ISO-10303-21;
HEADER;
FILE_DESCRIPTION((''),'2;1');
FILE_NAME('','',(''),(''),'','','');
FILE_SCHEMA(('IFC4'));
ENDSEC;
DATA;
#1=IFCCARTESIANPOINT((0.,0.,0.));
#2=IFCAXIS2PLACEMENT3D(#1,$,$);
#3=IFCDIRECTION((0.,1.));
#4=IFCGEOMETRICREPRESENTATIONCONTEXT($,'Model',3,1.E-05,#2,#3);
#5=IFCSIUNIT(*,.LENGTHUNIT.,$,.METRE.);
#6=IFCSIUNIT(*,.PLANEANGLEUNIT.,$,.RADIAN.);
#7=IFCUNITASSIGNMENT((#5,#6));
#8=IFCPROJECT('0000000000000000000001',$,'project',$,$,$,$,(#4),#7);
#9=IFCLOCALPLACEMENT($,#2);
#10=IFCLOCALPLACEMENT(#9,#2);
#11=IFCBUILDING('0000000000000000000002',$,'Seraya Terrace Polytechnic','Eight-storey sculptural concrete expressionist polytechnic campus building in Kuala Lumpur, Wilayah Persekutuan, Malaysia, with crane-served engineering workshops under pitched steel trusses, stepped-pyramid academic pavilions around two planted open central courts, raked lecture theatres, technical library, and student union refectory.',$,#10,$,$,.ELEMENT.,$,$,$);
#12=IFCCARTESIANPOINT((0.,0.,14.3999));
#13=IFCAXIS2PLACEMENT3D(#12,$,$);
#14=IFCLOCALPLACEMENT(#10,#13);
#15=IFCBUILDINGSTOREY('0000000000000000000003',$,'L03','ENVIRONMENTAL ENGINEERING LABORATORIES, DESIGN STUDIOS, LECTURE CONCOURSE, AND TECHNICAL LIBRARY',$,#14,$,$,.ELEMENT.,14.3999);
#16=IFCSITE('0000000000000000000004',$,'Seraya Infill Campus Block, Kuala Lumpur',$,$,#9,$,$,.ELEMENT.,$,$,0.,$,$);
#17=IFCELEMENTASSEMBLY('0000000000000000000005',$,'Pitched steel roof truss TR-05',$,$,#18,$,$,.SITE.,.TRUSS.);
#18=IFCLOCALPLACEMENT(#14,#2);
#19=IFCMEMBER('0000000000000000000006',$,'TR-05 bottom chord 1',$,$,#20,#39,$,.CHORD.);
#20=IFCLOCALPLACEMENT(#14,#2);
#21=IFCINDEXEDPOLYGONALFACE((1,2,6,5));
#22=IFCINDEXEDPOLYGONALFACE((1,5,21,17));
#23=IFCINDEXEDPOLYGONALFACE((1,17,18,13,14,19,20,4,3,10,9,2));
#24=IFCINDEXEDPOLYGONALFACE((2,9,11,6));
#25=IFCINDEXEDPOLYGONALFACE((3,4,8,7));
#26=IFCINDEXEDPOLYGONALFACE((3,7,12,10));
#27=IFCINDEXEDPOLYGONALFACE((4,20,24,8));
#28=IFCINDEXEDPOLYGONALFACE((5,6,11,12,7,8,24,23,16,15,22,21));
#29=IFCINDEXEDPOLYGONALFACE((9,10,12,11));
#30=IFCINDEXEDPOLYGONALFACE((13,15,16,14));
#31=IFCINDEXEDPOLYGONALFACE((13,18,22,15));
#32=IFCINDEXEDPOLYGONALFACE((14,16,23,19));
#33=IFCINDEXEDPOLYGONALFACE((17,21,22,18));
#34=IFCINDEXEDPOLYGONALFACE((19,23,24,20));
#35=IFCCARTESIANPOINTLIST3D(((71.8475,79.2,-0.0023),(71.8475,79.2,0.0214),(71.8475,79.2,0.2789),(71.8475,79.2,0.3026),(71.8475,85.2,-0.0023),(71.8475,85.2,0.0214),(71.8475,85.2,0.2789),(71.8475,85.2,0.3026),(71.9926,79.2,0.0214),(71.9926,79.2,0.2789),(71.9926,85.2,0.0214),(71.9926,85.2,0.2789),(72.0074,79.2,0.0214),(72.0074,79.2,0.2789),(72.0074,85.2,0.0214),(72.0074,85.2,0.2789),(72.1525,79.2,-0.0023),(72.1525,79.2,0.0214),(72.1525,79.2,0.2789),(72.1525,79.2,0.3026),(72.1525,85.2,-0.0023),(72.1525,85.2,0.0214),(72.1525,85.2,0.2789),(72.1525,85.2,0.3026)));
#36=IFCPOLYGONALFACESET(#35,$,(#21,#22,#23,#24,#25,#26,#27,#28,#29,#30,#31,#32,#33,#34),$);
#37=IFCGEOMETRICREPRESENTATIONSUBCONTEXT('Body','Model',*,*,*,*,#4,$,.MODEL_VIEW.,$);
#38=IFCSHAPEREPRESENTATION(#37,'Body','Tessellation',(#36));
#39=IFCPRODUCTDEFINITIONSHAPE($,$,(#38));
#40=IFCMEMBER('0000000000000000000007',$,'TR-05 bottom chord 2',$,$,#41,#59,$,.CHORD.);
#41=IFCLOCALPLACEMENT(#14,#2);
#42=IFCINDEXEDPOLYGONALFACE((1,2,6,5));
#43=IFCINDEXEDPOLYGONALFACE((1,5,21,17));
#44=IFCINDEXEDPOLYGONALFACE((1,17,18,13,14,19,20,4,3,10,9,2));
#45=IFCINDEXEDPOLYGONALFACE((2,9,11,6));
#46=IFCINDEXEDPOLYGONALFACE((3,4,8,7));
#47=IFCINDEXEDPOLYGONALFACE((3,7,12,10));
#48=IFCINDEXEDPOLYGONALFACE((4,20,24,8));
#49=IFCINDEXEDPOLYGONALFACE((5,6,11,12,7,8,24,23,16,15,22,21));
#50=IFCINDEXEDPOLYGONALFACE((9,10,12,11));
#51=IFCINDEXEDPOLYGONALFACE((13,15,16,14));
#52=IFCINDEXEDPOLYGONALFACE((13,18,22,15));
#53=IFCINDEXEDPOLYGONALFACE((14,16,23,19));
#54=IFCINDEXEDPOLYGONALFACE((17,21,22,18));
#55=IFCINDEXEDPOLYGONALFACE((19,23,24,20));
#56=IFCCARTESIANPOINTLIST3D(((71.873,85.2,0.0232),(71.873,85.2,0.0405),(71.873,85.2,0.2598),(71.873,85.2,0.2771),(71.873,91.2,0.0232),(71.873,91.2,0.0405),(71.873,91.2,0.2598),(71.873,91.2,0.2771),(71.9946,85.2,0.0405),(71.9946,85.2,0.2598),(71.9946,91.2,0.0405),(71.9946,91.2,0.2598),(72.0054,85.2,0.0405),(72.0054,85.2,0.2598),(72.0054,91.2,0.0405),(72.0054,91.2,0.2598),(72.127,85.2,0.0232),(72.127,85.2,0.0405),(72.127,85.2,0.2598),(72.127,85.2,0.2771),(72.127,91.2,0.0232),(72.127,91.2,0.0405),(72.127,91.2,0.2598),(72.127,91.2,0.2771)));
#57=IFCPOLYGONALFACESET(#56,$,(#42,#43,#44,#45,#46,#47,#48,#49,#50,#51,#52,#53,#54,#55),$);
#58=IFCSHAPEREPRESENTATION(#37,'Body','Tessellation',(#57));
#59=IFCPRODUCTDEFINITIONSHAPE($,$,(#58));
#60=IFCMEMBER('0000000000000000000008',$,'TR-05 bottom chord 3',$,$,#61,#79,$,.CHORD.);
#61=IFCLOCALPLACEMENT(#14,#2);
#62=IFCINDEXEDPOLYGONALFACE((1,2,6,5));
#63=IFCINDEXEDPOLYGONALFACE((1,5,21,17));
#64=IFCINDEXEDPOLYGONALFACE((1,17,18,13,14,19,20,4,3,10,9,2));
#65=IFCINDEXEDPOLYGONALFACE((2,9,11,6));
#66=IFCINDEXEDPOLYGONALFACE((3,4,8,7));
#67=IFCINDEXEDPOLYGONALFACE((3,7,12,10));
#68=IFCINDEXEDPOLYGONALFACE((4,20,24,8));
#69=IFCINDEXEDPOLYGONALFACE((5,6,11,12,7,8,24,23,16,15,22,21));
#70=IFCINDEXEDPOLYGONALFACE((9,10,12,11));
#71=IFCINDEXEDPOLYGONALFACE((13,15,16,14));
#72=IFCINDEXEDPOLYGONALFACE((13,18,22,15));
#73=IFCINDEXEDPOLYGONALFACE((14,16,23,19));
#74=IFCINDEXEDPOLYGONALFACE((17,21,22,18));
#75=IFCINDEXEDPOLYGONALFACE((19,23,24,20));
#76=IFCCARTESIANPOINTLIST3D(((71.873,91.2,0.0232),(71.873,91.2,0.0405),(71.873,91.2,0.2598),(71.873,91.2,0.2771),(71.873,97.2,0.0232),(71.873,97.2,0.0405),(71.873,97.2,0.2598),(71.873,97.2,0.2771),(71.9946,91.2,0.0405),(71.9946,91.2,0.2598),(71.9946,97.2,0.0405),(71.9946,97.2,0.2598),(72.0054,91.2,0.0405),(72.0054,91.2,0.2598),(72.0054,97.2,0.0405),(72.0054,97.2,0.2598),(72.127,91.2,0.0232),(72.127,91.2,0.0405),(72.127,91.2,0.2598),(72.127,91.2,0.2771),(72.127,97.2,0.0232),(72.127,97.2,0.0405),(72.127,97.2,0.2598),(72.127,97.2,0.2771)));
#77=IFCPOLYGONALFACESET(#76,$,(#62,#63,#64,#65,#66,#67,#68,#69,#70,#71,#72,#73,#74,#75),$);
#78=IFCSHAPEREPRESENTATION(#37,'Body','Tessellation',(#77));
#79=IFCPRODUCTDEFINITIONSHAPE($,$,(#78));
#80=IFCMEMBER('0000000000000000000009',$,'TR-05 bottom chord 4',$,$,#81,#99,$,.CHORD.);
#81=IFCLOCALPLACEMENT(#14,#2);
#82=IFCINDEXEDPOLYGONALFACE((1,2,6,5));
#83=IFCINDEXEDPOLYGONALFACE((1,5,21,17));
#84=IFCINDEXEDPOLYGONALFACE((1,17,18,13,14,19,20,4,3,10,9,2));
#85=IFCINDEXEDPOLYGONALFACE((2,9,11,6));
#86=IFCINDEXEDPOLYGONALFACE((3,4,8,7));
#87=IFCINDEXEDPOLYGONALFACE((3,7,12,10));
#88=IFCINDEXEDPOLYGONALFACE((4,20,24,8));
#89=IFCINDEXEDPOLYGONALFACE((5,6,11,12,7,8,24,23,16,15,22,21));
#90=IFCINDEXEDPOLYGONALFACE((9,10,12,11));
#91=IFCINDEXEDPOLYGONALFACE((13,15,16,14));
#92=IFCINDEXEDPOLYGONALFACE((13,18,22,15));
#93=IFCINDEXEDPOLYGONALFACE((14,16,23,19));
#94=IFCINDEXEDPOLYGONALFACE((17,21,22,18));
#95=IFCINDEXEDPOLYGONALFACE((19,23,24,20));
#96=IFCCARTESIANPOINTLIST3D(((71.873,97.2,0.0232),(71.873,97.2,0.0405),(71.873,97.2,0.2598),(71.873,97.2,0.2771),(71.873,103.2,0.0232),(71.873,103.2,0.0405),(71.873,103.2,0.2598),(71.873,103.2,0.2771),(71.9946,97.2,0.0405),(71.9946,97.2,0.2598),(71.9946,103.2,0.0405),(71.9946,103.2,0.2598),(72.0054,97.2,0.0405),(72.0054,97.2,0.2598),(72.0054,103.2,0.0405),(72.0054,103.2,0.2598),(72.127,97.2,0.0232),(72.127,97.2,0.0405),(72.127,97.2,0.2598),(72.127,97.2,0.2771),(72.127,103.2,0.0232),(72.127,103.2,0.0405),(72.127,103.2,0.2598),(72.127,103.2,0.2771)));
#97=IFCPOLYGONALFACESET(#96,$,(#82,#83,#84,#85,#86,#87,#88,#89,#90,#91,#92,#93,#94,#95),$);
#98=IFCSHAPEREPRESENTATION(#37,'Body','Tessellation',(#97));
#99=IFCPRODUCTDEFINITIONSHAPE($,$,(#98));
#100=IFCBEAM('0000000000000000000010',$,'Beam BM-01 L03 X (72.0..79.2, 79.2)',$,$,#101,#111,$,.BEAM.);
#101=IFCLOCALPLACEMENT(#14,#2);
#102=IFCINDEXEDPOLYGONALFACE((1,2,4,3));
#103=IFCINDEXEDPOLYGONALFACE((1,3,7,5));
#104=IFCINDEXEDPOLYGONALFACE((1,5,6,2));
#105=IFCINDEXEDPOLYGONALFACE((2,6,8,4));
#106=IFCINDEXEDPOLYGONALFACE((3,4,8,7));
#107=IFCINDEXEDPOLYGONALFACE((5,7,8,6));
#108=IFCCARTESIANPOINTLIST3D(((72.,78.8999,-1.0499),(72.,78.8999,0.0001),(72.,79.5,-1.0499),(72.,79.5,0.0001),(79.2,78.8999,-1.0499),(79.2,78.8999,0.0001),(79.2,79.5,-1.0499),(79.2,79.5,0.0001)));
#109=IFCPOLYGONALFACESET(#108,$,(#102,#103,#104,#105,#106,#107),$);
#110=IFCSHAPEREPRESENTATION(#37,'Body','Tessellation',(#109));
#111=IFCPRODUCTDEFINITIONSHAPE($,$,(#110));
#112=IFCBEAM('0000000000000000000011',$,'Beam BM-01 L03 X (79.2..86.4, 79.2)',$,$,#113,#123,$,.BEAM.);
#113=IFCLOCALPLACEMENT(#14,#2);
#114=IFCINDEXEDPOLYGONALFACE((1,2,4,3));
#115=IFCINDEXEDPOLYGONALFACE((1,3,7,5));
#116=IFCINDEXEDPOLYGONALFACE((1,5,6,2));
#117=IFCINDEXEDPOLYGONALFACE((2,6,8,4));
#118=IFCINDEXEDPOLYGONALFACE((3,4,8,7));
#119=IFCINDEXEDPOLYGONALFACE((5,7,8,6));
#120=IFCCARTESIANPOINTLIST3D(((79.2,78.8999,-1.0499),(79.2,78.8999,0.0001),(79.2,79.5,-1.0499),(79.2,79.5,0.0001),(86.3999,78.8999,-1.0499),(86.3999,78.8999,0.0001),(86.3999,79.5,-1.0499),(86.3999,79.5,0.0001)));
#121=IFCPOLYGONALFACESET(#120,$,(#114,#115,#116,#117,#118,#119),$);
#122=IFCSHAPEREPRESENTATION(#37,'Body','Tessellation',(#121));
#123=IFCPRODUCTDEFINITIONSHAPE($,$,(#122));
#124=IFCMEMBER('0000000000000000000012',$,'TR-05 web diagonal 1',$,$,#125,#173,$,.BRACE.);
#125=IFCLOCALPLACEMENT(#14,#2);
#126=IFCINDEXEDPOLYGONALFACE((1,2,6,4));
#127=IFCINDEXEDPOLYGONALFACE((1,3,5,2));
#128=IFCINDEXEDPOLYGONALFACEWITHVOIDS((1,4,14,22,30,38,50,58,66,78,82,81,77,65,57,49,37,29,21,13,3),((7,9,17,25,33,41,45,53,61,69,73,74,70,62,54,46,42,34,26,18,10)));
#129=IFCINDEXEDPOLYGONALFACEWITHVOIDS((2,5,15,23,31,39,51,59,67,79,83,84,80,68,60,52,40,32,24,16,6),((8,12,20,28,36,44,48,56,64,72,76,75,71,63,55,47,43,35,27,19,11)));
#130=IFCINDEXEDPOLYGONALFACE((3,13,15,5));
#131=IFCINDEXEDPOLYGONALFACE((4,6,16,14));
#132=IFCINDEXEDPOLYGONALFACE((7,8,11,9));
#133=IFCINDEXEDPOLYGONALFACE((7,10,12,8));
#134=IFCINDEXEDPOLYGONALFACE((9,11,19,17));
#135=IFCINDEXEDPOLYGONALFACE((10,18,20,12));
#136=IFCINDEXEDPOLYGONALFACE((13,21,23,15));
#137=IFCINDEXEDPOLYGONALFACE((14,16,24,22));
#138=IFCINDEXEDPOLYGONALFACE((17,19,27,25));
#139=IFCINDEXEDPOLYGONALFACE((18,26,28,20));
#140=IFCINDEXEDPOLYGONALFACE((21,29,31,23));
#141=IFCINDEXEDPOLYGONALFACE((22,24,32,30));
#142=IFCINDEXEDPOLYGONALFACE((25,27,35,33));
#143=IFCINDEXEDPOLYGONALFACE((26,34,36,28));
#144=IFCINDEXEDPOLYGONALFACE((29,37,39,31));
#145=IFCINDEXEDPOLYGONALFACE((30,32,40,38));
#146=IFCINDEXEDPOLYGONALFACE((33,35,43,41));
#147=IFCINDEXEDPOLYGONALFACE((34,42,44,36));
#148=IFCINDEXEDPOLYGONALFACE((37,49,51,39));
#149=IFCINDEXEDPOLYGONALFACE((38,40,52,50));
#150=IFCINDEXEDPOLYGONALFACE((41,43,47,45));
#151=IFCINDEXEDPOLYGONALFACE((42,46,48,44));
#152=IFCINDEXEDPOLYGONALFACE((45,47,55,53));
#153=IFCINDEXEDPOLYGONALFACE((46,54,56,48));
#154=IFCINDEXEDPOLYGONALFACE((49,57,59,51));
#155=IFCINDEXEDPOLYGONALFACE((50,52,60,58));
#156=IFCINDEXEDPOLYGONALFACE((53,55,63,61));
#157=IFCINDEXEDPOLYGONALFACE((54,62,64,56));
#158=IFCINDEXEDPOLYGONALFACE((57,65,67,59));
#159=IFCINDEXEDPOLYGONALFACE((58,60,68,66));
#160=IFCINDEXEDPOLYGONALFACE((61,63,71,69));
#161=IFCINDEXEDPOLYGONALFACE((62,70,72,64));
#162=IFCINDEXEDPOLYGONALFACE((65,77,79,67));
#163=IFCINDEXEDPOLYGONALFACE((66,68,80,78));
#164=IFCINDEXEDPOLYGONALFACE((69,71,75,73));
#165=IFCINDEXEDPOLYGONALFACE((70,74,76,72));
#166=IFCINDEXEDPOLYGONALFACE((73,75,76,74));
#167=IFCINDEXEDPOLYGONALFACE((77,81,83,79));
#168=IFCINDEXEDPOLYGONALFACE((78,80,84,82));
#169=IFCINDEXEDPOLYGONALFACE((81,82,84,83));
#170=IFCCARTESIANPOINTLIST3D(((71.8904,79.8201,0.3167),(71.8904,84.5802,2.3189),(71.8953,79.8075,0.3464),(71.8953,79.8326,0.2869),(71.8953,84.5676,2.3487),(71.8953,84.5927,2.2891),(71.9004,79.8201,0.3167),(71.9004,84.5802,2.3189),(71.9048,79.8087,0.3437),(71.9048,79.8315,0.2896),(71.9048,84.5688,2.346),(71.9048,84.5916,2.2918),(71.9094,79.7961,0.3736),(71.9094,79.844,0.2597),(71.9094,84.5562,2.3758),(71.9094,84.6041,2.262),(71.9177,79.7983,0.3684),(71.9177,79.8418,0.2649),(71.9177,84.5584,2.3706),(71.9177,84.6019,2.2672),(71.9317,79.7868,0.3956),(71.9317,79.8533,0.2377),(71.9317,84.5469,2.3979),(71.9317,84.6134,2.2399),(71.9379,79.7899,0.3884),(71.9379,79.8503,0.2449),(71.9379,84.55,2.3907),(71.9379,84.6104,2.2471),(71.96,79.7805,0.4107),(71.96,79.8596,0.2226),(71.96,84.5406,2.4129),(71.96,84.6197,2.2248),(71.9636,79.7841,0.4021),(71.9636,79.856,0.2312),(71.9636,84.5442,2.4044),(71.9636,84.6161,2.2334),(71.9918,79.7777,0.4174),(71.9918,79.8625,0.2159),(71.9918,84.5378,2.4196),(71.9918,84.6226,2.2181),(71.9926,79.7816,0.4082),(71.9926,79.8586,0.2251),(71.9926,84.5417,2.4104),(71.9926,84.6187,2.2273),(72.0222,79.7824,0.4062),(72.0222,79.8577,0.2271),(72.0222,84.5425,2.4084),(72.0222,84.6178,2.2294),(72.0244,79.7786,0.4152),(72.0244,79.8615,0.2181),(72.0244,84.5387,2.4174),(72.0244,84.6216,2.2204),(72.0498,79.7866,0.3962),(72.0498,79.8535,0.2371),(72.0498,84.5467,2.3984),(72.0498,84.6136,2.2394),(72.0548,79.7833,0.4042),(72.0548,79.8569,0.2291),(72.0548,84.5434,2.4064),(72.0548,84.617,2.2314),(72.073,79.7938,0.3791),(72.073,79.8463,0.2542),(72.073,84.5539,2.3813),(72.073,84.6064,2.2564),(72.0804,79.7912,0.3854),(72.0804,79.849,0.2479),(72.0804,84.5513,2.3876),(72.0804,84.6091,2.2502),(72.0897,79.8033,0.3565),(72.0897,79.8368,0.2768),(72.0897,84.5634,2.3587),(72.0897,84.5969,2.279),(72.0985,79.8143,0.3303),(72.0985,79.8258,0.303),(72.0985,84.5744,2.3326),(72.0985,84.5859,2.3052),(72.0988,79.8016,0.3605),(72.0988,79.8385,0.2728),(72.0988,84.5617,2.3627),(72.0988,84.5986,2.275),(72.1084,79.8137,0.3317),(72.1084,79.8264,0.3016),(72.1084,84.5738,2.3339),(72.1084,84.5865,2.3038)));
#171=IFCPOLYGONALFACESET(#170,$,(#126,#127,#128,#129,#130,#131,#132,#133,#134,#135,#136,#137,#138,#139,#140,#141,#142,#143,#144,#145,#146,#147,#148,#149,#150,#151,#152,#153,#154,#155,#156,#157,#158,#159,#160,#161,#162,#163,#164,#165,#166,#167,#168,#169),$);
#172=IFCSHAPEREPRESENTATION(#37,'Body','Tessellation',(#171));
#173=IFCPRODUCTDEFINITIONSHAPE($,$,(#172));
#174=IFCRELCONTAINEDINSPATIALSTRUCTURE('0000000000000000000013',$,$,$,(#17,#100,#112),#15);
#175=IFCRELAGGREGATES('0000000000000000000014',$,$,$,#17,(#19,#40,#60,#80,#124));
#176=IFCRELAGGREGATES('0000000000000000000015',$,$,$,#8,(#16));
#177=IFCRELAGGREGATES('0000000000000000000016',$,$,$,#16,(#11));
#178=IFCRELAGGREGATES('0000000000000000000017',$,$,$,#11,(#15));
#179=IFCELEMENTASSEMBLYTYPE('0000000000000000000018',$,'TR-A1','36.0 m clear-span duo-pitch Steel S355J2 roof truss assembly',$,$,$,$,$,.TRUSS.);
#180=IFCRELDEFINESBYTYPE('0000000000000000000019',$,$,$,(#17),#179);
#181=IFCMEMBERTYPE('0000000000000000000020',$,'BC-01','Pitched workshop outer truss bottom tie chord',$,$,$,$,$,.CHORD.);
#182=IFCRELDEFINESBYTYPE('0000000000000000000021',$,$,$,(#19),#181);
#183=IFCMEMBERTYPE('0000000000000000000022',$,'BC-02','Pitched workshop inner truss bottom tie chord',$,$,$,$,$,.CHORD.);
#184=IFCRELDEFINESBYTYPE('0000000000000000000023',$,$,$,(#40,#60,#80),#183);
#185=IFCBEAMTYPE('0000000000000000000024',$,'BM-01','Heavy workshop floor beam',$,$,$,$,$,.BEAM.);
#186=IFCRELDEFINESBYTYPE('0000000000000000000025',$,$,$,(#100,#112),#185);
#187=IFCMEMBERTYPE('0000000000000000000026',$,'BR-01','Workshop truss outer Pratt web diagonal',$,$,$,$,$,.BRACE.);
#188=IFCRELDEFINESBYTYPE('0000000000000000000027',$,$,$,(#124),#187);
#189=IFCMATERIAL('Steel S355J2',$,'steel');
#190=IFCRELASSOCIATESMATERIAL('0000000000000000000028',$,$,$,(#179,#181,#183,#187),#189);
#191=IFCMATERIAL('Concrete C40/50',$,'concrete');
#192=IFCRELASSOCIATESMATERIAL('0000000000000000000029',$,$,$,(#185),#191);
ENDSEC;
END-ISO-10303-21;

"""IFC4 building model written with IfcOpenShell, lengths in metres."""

from ifc_helpers import new_model, si_unit, direction, frame, origin, origin_2d, place, context, subcontext, project, spatial, rectangle, hollow_circle, i_section, extrude, material, material_profile, profile_set, type_object, element, aggregate, save


model = new_model("IFC4")

# Units and contexts
model_context = context("Model", 3, precision=1e-05, world=origin(), true_north=direction((0.0, 1.0)))
body_context = subcontext(model_context, "Body", "Model", "MODEL_VIEW")
ifc_project = project(units=[si_unit("LENGTHUNIT", "METRE"), si_unit("PLANEANGLEUNIT", "RADIAN")], contexts=[model_context])

# Site, building, storey
site_placement = place(None, origin())
site = spatial("IfcSite", under=ifc_project, at=site_placement, Name="Seraya Infill Campus Block, Kuala Lumpur", CompositionType="ELEMENT", RefElevation=0.0)
building_placement = place(site_placement, origin())
building = spatial("IfcBuilding", under=site, at=building_placement, Name="Seraya Terrace Polytechnic", Description="Eight-storey sculptural concrete expressionist polytechnic campus building in Kuala Lumpur, Wilayah Persekutuan, Malaysia, with crane-served engineering workshops under pitched steel trusses, stepped-pyramid academic pavilions around two planted open central courts, raked lecture theatres, technical library, and student union refectory.", CompositionType="ELEMENT")
storey_placement = place(building_placement, frame((0.0, 0.0, 14.3999)))
storey = spatial("IfcBuildingStorey", under=building, at=storey_placement, Name="L03", Description="ENVIRONMENTAL ENGINEERING LABORATORIES, DESIGN STUDIOS, LECTURE CONCOURSE, AND TECHNICAL LIBRARY", CompositionType="ELEMENT", Elevation=14.3999)

# Element assembly, members
ifc_material_1 = material(Name="Steel S355J2", Category="steel")
element_assembly_type = type_object("IfcElementAssemblyType", Name="TR-A1", Description="36.0 m clear-span duo-pitch Steel S355J2 roof truss assembly", PredefinedType="TRUSS", material=ifc_material_1)
assembly_1_placement = place(storey_placement, origin())
assembly_1 = element("IfcElementAssembly", 1, at=assembly_1_placement, inside=storey, type_object=element_assembly_type, Name="Pitched steel roof truss TR-05", AssemblyPlace="SITE", PredefinedType="TRUSS")
ifc_material_profile_1 = material_profile(ifc_material_1, i_section(OverallWidth=0.3049, OverallDepth=0.3049, WebThickness=0.0149, FlangeThickness=0.0237, at=origin_2d()), Name="UKC 305x305x14.9x23.8")
ifc_profile_set_1 = profile_set([ifc_material_profile_1], Name="Steel S355J2")
member_type_1 = type_object("IfcMemberType", Name="BC-01", Description="Pitched workshop outer truss bottom tie chord", PredefinedType="CHORD", material=ifc_profile_set_1)
member_1_placement = place(storey_placement, frame((72.0, 79.2, 0.1501), z_axis=(0.0, 1.0, 0.0), x_axis=(-1.0, 0.0, 0.0)))
member_1 = element("IfcMember", 2, at=member_1_placement, type_object=member_type_1, Name="TR-05 bottom chord 1", PredefinedType="CHORD", context=body_context, shape_type="SweptSolid", body=[
    extrude(i_section(OverallWidth=0.3049, OverallDepth=0.3049, WebThickness=0.0149, FlangeThickness=0.0237, at=origin_2d()), origin(), (0.0, 0.0, 1.0), 6.0),
])
ifc_material_profile_2 = material_profile(ifc_material_1, i_section(OverallWidth=0.2539, OverallDepth=0.2539, WebThickness=0.0107, FlangeThickness=0.0173, at=origin_2d()), Name="UKC 254x254x10.7x17.3")
ifc_profile_set_2 = profile_set([ifc_material_profile_2], Name="Steel S355J2")
member_type_2 = type_object("IfcMemberType", Name="BC-02", Description="Pitched workshop inner truss bottom tie chord", PredefinedType="CHORD", material=ifc_profile_set_2)
member_2_placement = place(storey_placement, frame((72.0, 85.2, 0.1501), z_axis=(0.0, 1.0, 0.0), x_axis=(-1.0, 0.0, 0.0)))
member_2 = element("IfcMember", 3, at=member_2_placement, type_object=member_type_2, Name="TR-05 bottom chord 2", PredefinedType="CHORD", context=body_context, shape_type="SweptSolid", body=[
    extrude(i_section(OverallWidth=0.2539, OverallDepth=0.2539, WebThickness=0.0107, FlangeThickness=0.0173, at=origin_2d()), origin(), (0.0, 0.0, 1.0), 6.0),
])
member_3_placement = place(storey_placement, frame((72.0, 91.2, 0.1501), z_axis=(0.0, 1.0, 0.0), x_axis=(-1.0, 0.0, 0.0)))
member_3 = element("IfcMember", 4, at=member_3_placement, type_object=member_type_2, Name="TR-05 bottom chord 3", PredefinedType="CHORD", context=body_context, shape_type="SweptSolid", body=[
    extrude(i_section(OverallWidth=0.2539, OverallDepth=0.2539, WebThickness=0.0107, FlangeThickness=0.0173, at=origin_2d()), origin(), (0.0, 0.0, 1.0), 6.0),
])
member_4_placement = place(storey_placement, frame((72.0, 97.2, 0.1501), z_axis=(0.0, 1.0, 0.0), x_axis=(-1.0, 0.0, 0.0)))
member_4 = element("IfcMember", 5, at=member_4_placement, type_object=member_type_2, Name="TR-05 bottom chord 4", PredefinedType="CHORD", context=body_context, shape_type="SweptSolid", body=[
    extrude(i_section(OverallWidth=0.2539, OverallDepth=0.2539, WebThickness=0.0107, FlangeThickness=0.0173, at=origin_2d()), origin(), (0.0, 0.0, 1.0), 6.0),
])

# Beams
ifc_material_2 = material(Name="Concrete C40/50", Category="concrete")
ifc_material_profile_3 = material_profile(ifc_material_2, rectangle(XDim=0.6001, YDim=1.05, at=origin_2d()), Name="RC 600x1050")
ifc_profile_set_3 = profile_set([ifc_material_profile_3], Name="Concrete C40/50")
beam_type = type_object("IfcBeamType", Name="BM-01", Description="Heavy workshop floor beam", PredefinedType="BEAM", material=ifc_profile_set_3)
for number, where, z_axis, x_axis, name in (
    (6, (72.0, 79.2, -0.5249), (1.0, 0.0, 0.0), (0.0, 1.0, 0.0), "Beam BM-01 L03 X (72.0..79.2, 79.2)"),
    (7, (79.2, 79.2, -0.5249), (1.0, 0.0, 0.0), (0.0, 1.0, 0.0), "Beam BM-01 L03 X (79.2..86.4, 79.2)"),
):
    element("IfcBeam", number, at=place(storey_placement, frame(where, z_axis=z_axis, x_axis=x_axis)), inside=storey, type_object=beam_type, Name=name, PredefinedType="BEAM", context=body_context, shape_type="SweptSolid", body=[
        extrude(rectangle(XDim=0.6001, YDim=1.05, at=origin_2d()), origin(), (0.0, 0.0, 1.0), 7.2),
    ])

# Member
ifc_material_profile_4 = material_profile(ifc_material_1, hollow_circle(Radius=0.1096, WallThickness=0.01, at=origin_2d()), Name="CHS 219.1x10.0")
ifc_profile_set_4 = profile_set([ifc_material_profile_4], Name="Steel S355J2")
member_type_3 = type_object("IfcMemberType", Name="BR-01", Description="Workshop truss outer Pratt web diagonal", PredefinedType="BRACE", material=ifc_profile_set_4)
member_5_placement = place(storey_placement, frame((72.0, 79.8201, 0.3167), z_axis=(0.0, 0.921775, 0.387725), x_axis=(-1.0, 0.0, 0.0)))
member_5 = element("IfcMember", 8, at=member_5_placement, type_object=member_type_3, Name="TR-05 web diagonal 1", PredefinedType="BRACE", context=body_context, shape_type="SweptSolid", body=[
    extrude(hollow_circle(Radius=0.1096, WallThickness=0.01, at=origin_2d()), origin(), (0.0, 0.0, 1.0), 5.1641),
])

aggregate(assembly_1, [member_1, member_2, member_3, member_4, member_5])

save(model, "model.ifc")
